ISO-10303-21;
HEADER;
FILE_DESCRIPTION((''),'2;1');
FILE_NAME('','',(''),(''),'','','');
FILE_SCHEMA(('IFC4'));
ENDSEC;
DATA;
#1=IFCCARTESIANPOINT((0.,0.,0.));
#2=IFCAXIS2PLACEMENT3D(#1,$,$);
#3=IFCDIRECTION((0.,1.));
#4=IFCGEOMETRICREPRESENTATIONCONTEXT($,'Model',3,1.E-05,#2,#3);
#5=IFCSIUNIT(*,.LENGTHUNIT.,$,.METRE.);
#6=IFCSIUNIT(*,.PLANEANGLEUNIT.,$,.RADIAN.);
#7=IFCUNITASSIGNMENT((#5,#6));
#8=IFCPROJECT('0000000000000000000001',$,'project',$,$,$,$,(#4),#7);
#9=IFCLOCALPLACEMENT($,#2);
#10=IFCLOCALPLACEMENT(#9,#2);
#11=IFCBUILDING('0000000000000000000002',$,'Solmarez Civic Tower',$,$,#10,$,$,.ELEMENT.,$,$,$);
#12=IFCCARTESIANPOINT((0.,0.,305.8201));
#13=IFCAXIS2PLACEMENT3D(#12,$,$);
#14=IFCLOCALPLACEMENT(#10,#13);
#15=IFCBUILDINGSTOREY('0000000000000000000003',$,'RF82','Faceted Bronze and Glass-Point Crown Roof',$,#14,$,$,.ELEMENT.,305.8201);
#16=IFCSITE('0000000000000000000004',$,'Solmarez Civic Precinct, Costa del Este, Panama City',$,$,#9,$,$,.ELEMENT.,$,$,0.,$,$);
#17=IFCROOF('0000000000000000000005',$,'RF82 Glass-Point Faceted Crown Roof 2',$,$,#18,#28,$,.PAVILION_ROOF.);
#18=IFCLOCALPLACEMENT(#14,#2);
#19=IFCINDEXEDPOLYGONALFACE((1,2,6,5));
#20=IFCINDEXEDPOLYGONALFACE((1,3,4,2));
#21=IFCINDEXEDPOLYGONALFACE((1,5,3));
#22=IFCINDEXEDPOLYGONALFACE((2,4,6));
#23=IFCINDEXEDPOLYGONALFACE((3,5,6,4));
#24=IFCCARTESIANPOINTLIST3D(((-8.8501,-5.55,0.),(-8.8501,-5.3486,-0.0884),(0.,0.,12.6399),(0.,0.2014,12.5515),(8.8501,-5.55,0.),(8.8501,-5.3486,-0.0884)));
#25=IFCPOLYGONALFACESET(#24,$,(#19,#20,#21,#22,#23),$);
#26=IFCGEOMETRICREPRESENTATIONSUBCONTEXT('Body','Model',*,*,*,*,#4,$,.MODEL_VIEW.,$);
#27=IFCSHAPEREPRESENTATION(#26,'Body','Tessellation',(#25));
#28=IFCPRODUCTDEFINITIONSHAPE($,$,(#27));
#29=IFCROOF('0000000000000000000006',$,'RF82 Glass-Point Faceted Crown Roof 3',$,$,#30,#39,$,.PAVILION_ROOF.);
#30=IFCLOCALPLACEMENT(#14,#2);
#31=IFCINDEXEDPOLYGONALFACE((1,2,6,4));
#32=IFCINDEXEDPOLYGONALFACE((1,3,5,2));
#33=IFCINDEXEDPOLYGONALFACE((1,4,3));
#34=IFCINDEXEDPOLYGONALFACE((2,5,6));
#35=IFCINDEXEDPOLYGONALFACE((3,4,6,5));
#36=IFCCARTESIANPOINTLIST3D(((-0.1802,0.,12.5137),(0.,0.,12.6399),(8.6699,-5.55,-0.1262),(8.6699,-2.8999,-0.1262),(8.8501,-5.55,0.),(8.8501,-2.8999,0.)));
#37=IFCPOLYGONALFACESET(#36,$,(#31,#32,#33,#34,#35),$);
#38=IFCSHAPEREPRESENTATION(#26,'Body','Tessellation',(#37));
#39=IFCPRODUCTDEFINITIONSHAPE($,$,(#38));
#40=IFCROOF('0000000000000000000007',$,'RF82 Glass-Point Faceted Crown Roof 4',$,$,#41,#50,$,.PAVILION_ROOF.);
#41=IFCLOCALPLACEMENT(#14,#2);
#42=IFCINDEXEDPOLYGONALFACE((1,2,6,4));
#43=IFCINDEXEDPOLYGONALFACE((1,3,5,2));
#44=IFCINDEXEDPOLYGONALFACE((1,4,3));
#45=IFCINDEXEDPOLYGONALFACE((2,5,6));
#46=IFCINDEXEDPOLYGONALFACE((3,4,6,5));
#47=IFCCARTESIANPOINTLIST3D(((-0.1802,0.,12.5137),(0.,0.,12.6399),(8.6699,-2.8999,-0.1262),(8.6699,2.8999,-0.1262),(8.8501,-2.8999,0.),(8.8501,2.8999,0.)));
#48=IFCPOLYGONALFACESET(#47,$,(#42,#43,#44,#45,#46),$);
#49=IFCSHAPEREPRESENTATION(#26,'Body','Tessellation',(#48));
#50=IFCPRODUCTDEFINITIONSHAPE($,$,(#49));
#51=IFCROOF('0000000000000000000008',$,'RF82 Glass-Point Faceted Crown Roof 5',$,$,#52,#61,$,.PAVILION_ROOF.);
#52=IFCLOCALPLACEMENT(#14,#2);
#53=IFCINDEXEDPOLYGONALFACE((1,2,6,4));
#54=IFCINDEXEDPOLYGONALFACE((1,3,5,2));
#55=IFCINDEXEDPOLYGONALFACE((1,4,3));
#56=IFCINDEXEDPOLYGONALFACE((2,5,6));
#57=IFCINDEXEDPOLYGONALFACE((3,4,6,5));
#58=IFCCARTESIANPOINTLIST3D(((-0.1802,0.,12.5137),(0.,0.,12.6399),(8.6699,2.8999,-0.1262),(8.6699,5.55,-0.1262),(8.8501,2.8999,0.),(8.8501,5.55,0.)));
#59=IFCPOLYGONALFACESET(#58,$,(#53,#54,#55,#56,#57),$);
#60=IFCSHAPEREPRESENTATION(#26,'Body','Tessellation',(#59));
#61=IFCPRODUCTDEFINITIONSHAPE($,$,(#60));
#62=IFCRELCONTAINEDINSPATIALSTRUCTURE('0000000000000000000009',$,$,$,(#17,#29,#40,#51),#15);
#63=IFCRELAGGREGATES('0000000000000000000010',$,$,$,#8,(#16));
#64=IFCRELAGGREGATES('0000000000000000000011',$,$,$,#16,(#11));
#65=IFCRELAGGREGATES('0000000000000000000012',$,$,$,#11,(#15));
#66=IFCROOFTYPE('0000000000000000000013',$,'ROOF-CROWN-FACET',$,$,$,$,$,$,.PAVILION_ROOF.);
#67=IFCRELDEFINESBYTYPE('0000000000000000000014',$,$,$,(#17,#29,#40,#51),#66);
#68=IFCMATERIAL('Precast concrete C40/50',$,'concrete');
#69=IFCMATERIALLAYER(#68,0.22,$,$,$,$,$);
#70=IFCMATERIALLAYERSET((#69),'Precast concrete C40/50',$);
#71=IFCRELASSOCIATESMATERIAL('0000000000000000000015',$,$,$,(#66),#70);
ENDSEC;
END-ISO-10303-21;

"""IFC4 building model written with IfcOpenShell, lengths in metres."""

from ifc_helpers import new_model, si_unit, direction, frame, origin, place, context, subcontext, project, spatial, polyline, outline, extrude, material, layer, layer_set, type_object, element, save


model = new_model("IFC4")

# Units and contexts
model_context = context("Model", 3, precision=1e-05, world=origin(), true_north=direction((0.0, 1.0)))
body_context = subcontext(model_context, "Body", "Model", "MODEL_VIEW")
ifc_project = project(units=[si_unit("LENGTHUNIT", "METRE"), si_unit("PLANEANGLEUNIT", "RADIAN")], contexts=[model_context])

# Site, building, storey
site_placement = place(None, origin())
site = spatial("IfcSite", under=ifc_project, at=site_placement, Name="Solmarez Civic Precinct, Costa del Este, Panama City", CompositionType="ELEMENT", RefElevation=0.0)
building_placement = place(site_placement, origin())
building = spatial("IfcBuilding", under=site, at=building_placement, Name="Solmarez Civic Tower", CompositionType="ELEMENT")
storey_placement = place(building_placement, frame((0.0, 0.0, 305.8201)))
storey = spatial("IfcBuildingStorey", under=building, at=storey_placement, Name="RF82", Description="Faceted Bronze and Glass-Point Crown Roof", CompositionType="ELEMENT", Elevation=305.8201)

# Shared definitions
ifc_material_1 = material(Name="Precast concrete C40/50", Category="concrete")

# Roofs
ifc_layer_1 = layer(ifc_material_1, 0.22)
ifc_layer_set_1 = layer_set([ifc_layer_1], Name="Precast concrete C40/50")
roof_type = type_object("IfcRoofType", Name="ROOF-CROWN-FACET", PredefinedType="PAVILION_ROOF", material=ifc_layer_set_1)
roof_1_placement = place(storey_placement, frame((-8.8501, -5.55, 0.0), z_axis=(0.0, -0.915622, 0.40204), x_axis=(1.0, 0.0, 0.0)))
element("IfcRoof", 1, at=roof_1_placement, inside=storey, type_object=roof_type, Name="RF82 Glass-Point Faceted Crown Roof 2", PredefinedType="PAVILION_ROOF", context=body_context, shape_type="SweptSolid", body=[
    extrude(outline(polyline([(0.0, 0.0), (17.7002, 0.0), (8.8501, 13.8047), (0.0, 0.0)])), origin(), (0.0, 0.0, -1.0), 0.22),
])
roof_2_placement = place(storey_placement, frame((8.8501, -5.55, 0.0), z_axis=(0.819166, 0.0, 0.573557), x_axis=(0.0, 1.0, 0.0)))
element("IfcRoof", 2, at=roof_2_placement, inside=storey, type_object=roof_type, Name="RF82 Glass-Point Faceted Crown Roof 3", PredefinedType="PAVILION_ROOF", context=body_context, shape_type="SweptSolid", body=[
    extrude(outline(polyline([(0.0, 0.0), (2.6501, 0.0), (5.55, 15.4302), (0.0, 0.0)])), origin(), (0.0, 0.0, -1.0), 0.22),
])
roof_3_placement = place(storey_placement, frame((8.8501, -2.8999, 0.0), z_axis=(0.819166, 0.0, 0.573557), x_axis=(0.0, 1.0, 0.0)))
element("IfcRoof", 3, at=roof_3_placement, inside=storey, type_object=roof_type, Name="RF82 Glass-Point Faceted Crown Roof 4", PredefinedType="PAVILION_ROOF", context=body_context, shape_type="SweptSolid", body=[
    extrude(outline(polyline([(0.0, 0.0), (5.7998, 0.0), (2.8999, 15.4302), (0.0, 0.0)])), origin(), (0.0, 0.0, -1.0), 0.22),
])
roof_4_placement = place(storey_placement, frame((8.8501, 2.8999, 0.0), z_axis=(0.819166, 0.0, 0.573557), x_axis=(0.0, 1.0, 0.0)))
element("IfcRoof", 4, at=roof_4_placement, inside=storey, type_object=roof_type, Name="RF82 Glass-Point Faceted Crown Roof 5", PredefinedType="PAVILION_ROOF", context=body_context, shape_type="SweptSolid", body=[
    extrude(outline(polyline([(0.0, 0.0), (2.6501, 0.0), (-2.8999, 15.4302), (0.0, 0.0)])), origin(), (0.0, 0.0, -1.0), 0.22),
])

save(model, "model.ifc")
